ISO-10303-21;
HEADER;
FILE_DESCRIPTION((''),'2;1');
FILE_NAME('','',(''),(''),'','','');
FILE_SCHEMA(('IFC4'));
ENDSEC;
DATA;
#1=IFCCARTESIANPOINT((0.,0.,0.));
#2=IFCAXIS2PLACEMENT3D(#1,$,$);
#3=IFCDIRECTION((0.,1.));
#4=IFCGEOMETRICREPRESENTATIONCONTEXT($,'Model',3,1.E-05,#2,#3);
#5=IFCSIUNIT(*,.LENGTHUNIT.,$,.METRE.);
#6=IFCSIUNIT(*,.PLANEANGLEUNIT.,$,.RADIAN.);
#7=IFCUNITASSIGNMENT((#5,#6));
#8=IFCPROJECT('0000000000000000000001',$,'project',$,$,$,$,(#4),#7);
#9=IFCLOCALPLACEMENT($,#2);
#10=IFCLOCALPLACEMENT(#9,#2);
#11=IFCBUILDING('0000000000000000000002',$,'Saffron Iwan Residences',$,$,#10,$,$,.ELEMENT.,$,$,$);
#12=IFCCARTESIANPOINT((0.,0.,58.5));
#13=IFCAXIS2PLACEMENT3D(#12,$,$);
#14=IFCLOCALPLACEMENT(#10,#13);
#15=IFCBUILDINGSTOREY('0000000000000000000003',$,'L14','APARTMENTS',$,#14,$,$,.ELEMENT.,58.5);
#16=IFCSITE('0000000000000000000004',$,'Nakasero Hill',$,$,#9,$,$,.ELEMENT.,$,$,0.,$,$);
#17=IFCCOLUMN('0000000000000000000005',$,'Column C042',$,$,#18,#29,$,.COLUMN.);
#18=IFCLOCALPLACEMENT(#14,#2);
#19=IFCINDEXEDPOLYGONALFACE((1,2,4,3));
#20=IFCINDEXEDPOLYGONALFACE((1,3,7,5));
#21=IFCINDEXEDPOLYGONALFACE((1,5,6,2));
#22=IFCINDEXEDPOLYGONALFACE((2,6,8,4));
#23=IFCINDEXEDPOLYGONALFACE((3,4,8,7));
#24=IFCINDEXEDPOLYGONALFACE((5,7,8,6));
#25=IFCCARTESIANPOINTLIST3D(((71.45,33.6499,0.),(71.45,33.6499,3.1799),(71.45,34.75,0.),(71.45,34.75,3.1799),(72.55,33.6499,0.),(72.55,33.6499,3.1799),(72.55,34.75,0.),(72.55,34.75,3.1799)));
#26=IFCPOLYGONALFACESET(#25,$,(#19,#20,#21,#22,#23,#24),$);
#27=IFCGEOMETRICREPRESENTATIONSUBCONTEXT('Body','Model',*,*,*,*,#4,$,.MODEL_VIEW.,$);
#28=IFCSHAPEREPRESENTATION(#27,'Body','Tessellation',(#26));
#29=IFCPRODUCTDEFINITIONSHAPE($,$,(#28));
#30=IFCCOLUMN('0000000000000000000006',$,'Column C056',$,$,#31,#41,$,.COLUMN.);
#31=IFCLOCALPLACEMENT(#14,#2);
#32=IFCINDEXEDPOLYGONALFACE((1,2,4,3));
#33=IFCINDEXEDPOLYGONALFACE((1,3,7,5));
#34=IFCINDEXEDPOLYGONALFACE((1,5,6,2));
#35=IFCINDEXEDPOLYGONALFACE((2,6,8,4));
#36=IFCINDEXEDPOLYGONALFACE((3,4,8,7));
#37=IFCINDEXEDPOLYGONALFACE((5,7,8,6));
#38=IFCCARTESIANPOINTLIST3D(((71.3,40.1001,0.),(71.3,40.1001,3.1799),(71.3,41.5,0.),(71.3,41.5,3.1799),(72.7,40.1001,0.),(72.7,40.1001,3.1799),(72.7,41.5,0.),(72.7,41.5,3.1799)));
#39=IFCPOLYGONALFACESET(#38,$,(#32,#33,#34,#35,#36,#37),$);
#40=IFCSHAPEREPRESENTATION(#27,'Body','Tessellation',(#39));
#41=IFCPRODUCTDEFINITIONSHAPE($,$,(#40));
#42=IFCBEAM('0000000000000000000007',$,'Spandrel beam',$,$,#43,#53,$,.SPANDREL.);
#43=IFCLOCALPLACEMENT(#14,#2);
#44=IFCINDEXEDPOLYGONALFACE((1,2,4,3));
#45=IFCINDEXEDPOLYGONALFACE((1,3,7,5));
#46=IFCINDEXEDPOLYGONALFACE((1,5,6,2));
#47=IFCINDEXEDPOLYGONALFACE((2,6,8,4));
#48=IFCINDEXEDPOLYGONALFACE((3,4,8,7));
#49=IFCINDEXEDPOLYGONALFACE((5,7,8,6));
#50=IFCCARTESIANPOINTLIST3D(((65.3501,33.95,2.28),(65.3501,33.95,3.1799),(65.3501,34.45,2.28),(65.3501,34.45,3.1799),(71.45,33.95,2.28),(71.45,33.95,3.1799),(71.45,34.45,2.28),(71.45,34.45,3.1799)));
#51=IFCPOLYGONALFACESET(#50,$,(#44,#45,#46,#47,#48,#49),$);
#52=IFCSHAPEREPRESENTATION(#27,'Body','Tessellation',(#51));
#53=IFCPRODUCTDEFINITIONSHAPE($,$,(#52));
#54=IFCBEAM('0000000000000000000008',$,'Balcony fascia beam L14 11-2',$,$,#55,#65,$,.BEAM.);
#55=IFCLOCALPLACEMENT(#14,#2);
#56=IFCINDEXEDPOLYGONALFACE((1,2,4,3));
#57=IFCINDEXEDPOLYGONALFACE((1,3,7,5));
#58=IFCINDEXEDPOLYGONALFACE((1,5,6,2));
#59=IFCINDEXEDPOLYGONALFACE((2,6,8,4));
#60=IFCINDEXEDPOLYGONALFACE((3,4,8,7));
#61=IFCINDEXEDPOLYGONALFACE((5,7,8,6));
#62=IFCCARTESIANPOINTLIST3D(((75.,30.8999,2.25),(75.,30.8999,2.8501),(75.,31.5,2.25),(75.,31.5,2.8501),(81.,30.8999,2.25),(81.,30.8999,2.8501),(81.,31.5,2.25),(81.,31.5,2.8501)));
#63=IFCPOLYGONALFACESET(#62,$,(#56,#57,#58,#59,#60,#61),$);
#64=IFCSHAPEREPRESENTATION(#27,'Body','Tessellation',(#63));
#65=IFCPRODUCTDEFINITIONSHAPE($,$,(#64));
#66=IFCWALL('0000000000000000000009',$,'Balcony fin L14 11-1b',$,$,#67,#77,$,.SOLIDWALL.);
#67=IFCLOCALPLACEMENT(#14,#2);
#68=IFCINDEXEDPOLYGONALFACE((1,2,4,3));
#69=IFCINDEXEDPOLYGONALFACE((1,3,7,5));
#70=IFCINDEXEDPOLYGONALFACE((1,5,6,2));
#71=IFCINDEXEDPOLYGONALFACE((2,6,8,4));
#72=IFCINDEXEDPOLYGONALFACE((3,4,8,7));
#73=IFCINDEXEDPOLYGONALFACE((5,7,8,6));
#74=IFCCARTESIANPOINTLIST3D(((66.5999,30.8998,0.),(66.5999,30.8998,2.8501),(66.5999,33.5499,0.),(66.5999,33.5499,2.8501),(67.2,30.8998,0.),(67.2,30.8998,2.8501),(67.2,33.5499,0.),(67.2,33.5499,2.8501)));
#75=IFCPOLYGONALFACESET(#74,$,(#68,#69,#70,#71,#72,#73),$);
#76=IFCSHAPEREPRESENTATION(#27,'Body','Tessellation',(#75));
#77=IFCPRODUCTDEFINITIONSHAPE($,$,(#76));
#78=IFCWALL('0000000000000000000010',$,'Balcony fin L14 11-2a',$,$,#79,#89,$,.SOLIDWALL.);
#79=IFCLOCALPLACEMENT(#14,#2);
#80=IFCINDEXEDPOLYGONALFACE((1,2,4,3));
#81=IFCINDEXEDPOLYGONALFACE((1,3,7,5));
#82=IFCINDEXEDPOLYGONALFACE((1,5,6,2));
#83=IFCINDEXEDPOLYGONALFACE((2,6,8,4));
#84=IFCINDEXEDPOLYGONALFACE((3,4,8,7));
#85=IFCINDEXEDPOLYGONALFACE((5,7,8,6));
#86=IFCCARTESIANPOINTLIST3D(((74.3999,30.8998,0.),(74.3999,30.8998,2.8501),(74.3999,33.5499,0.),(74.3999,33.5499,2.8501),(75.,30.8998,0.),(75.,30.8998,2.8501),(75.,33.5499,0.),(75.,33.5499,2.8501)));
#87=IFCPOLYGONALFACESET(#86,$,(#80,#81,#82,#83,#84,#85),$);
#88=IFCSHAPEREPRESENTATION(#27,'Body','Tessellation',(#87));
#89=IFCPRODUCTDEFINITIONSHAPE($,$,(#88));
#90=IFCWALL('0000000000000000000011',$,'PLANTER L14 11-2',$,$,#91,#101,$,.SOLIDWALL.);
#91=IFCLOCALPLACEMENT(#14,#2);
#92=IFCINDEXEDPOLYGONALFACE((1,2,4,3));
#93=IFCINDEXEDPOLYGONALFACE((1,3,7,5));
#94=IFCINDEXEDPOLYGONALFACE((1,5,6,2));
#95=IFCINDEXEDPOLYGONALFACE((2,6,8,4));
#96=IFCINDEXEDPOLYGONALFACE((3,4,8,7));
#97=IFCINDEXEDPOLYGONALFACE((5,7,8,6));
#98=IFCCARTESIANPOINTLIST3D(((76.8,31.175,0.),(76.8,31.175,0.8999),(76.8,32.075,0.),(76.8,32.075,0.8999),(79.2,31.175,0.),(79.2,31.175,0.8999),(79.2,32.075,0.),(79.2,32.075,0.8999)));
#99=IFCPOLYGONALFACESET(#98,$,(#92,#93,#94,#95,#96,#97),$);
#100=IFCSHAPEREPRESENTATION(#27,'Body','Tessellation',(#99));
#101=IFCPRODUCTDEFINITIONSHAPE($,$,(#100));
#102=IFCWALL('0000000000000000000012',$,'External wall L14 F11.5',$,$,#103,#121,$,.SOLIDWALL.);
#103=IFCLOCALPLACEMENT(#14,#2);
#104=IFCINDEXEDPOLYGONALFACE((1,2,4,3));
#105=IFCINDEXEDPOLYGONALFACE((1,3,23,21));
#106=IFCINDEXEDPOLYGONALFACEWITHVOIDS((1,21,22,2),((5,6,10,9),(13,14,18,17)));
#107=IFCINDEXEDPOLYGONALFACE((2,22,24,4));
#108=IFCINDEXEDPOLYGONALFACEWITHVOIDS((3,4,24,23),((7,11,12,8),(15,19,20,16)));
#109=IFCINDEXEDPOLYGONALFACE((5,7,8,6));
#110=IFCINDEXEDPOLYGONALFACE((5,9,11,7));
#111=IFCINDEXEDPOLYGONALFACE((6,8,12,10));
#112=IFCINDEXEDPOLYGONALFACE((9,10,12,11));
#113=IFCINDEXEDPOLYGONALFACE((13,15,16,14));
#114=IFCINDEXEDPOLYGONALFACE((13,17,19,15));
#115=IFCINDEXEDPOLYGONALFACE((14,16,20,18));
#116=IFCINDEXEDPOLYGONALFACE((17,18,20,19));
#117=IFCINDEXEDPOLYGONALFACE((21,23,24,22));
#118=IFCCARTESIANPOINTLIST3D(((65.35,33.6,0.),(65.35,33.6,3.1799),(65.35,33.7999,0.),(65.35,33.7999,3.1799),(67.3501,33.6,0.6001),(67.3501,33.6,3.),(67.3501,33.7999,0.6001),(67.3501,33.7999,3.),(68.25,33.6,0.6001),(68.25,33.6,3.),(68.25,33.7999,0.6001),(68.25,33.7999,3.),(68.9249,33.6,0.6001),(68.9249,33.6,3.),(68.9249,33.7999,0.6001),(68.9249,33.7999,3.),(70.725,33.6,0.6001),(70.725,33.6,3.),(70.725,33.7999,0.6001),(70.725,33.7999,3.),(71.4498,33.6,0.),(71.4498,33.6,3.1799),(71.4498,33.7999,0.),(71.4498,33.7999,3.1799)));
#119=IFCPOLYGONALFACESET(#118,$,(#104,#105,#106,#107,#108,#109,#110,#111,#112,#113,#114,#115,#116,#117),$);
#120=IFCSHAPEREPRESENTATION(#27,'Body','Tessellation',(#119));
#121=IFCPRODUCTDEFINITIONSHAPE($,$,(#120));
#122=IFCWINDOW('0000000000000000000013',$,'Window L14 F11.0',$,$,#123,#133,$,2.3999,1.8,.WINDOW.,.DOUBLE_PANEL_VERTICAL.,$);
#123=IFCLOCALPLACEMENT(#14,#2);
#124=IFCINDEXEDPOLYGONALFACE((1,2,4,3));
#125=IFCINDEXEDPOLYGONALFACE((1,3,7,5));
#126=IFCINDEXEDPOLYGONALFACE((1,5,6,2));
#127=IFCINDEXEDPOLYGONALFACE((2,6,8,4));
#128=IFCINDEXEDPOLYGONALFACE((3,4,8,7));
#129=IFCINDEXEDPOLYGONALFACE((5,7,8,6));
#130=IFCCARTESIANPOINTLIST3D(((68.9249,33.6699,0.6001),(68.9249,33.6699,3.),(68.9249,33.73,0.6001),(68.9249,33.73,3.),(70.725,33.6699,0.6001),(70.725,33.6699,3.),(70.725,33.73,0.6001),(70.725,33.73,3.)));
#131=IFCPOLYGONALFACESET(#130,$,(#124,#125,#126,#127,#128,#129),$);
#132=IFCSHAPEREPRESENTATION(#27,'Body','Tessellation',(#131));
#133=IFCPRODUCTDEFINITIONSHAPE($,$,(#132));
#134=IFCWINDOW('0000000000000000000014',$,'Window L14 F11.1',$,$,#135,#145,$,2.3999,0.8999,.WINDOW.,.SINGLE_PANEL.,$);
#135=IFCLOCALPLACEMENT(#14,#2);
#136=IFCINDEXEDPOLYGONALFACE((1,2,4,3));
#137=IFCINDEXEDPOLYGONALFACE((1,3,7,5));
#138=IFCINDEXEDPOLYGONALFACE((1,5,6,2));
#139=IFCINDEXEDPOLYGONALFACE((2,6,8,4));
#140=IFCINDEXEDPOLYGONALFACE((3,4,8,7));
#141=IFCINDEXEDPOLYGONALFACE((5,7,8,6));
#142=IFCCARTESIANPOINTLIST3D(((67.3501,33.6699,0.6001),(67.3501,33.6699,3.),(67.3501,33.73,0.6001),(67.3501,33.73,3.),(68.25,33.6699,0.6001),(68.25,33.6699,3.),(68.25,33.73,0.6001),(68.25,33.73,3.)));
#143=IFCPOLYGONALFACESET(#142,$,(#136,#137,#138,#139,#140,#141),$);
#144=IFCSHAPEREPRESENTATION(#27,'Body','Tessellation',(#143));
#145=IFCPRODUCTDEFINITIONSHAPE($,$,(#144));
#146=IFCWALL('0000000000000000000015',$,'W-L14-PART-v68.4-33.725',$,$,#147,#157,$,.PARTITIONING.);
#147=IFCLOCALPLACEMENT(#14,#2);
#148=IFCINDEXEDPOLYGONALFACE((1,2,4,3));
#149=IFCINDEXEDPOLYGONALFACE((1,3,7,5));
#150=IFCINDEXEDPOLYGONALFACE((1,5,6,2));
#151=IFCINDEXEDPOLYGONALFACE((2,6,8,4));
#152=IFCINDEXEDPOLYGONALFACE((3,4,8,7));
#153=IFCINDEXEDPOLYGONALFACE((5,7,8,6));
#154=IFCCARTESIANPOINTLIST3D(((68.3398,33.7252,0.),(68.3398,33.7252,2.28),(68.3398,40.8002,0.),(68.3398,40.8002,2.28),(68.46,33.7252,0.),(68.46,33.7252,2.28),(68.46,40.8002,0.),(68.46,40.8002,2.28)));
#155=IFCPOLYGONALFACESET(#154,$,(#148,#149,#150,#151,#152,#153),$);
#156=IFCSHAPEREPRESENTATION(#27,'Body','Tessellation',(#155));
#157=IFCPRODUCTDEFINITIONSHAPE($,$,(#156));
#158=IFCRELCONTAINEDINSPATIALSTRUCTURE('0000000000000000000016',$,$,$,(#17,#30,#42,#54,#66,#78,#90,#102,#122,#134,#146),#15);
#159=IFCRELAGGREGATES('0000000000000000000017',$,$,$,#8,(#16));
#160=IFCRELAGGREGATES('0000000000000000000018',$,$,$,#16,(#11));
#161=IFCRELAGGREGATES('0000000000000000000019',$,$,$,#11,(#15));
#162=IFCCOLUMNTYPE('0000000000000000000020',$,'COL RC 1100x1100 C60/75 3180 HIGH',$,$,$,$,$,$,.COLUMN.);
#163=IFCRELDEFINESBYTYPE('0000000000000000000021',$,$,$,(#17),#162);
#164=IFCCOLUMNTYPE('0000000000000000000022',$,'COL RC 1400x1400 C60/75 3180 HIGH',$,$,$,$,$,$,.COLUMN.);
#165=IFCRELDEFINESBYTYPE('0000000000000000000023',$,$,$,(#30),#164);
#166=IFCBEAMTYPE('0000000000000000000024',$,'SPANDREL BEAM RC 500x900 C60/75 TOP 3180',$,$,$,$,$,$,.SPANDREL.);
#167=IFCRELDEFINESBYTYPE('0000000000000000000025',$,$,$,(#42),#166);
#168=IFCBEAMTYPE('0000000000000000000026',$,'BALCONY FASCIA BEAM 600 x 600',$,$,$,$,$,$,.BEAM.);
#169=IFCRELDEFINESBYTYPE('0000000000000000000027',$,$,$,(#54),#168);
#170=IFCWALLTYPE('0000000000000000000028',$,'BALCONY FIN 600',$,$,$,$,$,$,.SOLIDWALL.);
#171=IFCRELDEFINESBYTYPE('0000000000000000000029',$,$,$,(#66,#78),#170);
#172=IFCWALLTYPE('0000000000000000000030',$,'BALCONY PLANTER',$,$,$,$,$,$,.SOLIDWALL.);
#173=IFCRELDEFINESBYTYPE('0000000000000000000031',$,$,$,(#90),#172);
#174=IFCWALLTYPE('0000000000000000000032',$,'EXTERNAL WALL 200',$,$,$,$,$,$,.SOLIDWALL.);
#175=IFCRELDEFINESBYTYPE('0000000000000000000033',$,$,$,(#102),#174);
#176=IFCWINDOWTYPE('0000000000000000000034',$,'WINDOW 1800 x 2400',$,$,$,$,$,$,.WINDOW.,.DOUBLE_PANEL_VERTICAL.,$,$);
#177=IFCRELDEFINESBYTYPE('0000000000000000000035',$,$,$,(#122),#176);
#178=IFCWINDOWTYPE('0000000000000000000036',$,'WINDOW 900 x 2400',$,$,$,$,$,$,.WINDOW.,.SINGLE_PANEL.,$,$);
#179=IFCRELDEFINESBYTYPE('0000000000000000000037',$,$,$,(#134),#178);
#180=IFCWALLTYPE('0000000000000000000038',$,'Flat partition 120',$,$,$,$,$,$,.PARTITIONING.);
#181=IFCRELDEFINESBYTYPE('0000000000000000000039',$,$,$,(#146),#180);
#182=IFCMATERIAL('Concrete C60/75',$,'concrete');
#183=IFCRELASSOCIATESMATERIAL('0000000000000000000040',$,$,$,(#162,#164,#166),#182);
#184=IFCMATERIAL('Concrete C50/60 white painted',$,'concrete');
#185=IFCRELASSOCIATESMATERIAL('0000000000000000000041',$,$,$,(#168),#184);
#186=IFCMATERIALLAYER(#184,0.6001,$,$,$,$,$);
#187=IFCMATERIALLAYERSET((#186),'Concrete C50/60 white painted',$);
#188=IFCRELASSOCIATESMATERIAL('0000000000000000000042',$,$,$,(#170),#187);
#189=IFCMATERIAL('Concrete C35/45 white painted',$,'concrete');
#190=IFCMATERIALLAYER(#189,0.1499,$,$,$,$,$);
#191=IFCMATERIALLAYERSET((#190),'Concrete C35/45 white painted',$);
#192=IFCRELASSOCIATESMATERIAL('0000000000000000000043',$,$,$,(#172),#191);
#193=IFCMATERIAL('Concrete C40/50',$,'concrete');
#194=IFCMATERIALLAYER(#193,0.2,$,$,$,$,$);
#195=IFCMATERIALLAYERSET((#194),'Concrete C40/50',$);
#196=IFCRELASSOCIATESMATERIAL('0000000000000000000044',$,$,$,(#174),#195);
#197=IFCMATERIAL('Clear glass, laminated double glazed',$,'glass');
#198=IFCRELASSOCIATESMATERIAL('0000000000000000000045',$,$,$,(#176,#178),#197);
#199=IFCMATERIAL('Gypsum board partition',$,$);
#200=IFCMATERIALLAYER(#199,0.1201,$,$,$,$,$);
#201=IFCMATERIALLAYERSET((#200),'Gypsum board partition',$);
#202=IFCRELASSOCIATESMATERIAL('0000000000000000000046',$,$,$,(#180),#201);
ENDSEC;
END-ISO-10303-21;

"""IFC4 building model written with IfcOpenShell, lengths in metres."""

from ifc_helpers import new_model, si_unit, direction, frame, frame_2d, origin, origin_2d, place, context, subcontext, project, spatial, rectangle, extrude, source, transform, mapped, material, layer, layer_set, material_profile, profile_set, type_object, element, fill, save


model = new_model("IFC4")

# Units and contexts
model_context = context("Model", 3, precision=1e-05, world=origin(), true_north=direction((0.0, 1.0)))
body_context = subcontext(model_context, "Body", "Model", "MODEL_VIEW")
ifc_project = project(units=[si_unit("LENGTHUNIT", "METRE"), si_unit("PLANEANGLEUNIT", "RADIAN")], contexts=[model_context])

# Site, building, storey
site_placement = place(None, origin())
site = spatial("IfcSite", under=ifc_project, at=site_placement, Name="Nakasero Hill", CompositionType="ELEMENT", RefElevation=0.0)
building_placement = place(site_placement, origin())
building = spatial("IfcBuilding", under=site, at=building_placement, Name="Saffron Iwan Residences", CompositionType="ELEMENT")
storey_placement = place(building_placement, frame((0.0, 0.0, 58.5)))
storey = spatial("IfcBuildingStorey", under=building, at=storey_placement, Name="L14", Description="APARTMENTS", CompositionType="ELEMENT", Elevation=58.5)

# Columns
ifc_material_1 = material(Name="Concrete C60/75", Category="concrete")
ifc_material_profile_1 = material_profile(ifc_material_1, rectangle(XDim=1.1001, YDim=1.1001, at=origin_2d()), Name="RC 1100x1100")
ifc_profile_set_1 = profile_set([ifc_material_profile_1], Name="Concrete C60/75")
column_type_1 = type_object("IfcColumnType", Name="COL RC 1100x1100 C60/75 3180 HIGH", PredefinedType="COLUMN", material=ifc_profile_set_1)
shared_shape_1 = source(origin(), body_context, "Body", "SweptSolid", [
    extrude(rectangle(XDim=1.1001, YDim=1.1001, at=origin_2d()), origin(), (0.0, 0.0, 1.0), 3.1799),
])
column_1_placement = place(storey_placement, frame((72.0, 34.2, 0.0), z_axis=(0.0, 0.0, 1.0), x_axis=(1.0, 0.0, 0.0)))
element("IfcColumn", 1, at=column_1_placement, inside=storey, type_object=column_type_1, Name="Column C042", PredefinedType="COLUMN", context=body_context, shape_type="MappedRepresentation", body=[
    mapped(shared_shape_1, transform((0.0, 0.0, 0.0))),
])
ifc_material_profile_2 = material_profile(ifc_material_1, rectangle(XDim=1.3999, YDim=1.3999, at=origin_2d()), Name="RC 1400x1400")
ifc_profile_set_2 = profile_set([ifc_material_profile_2], Name="Concrete C60/75")
column_type_2 = type_object("IfcColumnType", Name="COL RC 1400x1400 C60/75 3180 HIGH", PredefinedType="COLUMN", material=ifc_profile_set_2)
shared_shape_2 = source(origin(), body_context, "Body", "SweptSolid", [
    extrude(rectangle(XDim=1.3999, YDim=1.3999, at=origin_2d()), origin(), (0.0, 0.0, 1.0), 3.1799),
])
column_2_placement = place(storey_placement, frame((72.0, 40.8, 0.0), z_axis=(0.0, 0.0, 1.0), x_axis=(1.0, 0.0, 0.0)))
element("IfcColumn", 2, at=column_2_placement, inside=storey, type_object=column_type_2, Name="Column C056", PredefinedType="COLUMN", context=body_context, shape_type="MappedRepresentation", body=[
    mapped(shared_shape_2, transform((0.0, 0.0, 0.0))),
])

# Beams
ifc_material_profile_3 = material_profile(ifc_material_1, rectangle(XDim=0.5, YDim=0.8999, at=origin_2d()), Name="RC 500x900")
ifc_profile_set_3 = profile_set([ifc_material_profile_3], Name="Concrete C60/75")
beam_type_1 = type_object("IfcBeamType", Name="SPANDREL BEAM RC 500x900 C60/75 TOP 3180", PredefinedType="SPANDREL", material=ifc_profile_set_3)
shared_shape_3 = source(origin(), body_context, "Body", "SweptSolid", [
    extrude(rectangle(XDim=0.5, YDim=0.8999, at=origin_2d()), origin(), (0.0, 0.0, 1.0), 6.0999),
])
beam_1_placement = place(storey_placement, frame((71.45, 34.2, 2.73), z_axis=(-1.0, 0.0, 0.0), x_axis=(0.0, -1.0, 0.0)))
element("IfcBeam", 3, at=beam_1_placement, inside=storey, type_object=beam_type_1, Name="Spandrel beam", PredefinedType="SPANDREL", context=body_context, shape_type="MappedRepresentation", body=[
    mapped(shared_shape_3, transform((0.0, 0.0, 0.0))),
])
ifc_material_2 = material(Name="Concrete C50/60 white painted", Category="concrete")
ifc_material_profile_4 = material_profile(ifc_material_2, rectangle(XDim=0.6001, YDim=0.6001, at=origin_2d()), Name="BALCONY FASCIA BEAM 600 x 600")
ifc_profile_set_4 = profile_set([ifc_material_profile_4], Name="Concrete C50/60 white painted")
beam_type_2 = type_object("IfcBeamType", Name="BALCONY FASCIA BEAM 600 x 600", PredefinedType="BEAM", material=ifc_profile_set_4)
shared_shape_4 = source(origin(), body_context, "Body", "SweptSolid", [
    extrude(rectangle(XDim=0.6001, YDim=0.6001, at=origin_2d()), origin(), (0.0, 0.0, 1.0), 6.0),
])
beam_2_placement = place(storey_placement, frame((75.0, 31.2, 2.55), z_axis=(1.0, 0.0, 0.0), x_axis=(0.0, 1.0, 0.0)))
element("IfcBeam", 4, at=beam_2_placement, inside=storey, type_object=beam_type_2, Name="Balcony fascia beam L14 11-2", PredefinedType="BEAM", context=body_context, shape_type="MappedRepresentation", body=[
    mapped(shared_shape_4, transform((0.0, 0.0, 0.0))),
])

# Walls
ifc_layer_1 = layer(ifc_material_2, 0.6001)
ifc_layer_set_1 = layer_set([ifc_layer_1], Name="Concrete C50/60 white painted")
wall_type_1 = type_object("IfcWallType", Name="BALCONY FIN 600", PredefinedType="SOLIDWALL", material=ifc_layer_set_1)
for number, where, z_axis, x_axis, name in (
    (5, (66.8999, 33.55, 0.0), (0.0, 0.0, 1.0), (0.0, -1.0, 0.0), "Balcony fin L14 11-1b"),
    (6, (74.7, 33.55, 0.0), (0.0, 0.0, 1.0), (0.0, -1.0, 0.0), "Balcony fin L14 11-2a"),
):
    element("IfcWall", number, at=place(storey_placement, frame(where, z_axis=z_axis, x_axis=x_axis)), inside=storey, type_object=wall_type_1, Name=name, PredefinedType="SOLIDWALL", context=body_context, shape_type="SweptSolid", body=[
        extrude(rectangle(XDim=2.6501, YDim=0.6001, at=frame_2d((1.3252, 0.0))), origin(), (0.0, 0.0, 1.0), 2.8501),
    ])
ifc_material_3 = material(Name="Concrete C35/45 white painted", Category="concrete")
ifc_layer_2 = layer(ifc_material_3, 0.1499)
ifc_layer_set_2 = layer_set([ifc_layer_2], Name="Concrete C35/45 white painted")
wall_type_2 = type_object("IfcWallType", Name="BALCONY PLANTER", PredefinedType="SOLIDWALL", material=ifc_layer_set_2)
wall_1_placement = place(storey_placement, frame((76.8, 31.625, 0.0), z_axis=(0.0, 0.0, 1.0), x_axis=(1.0, 0.0, 0.0)))
element("IfcWall", 7, at=wall_1_placement, inside=storey, type_object=wall_type_2, Name="PLANTER L14 11-2", PredefinedType="SOLIDWALL", context=body_context, shape_type="SweptSolid", body=[
    extrude(rectangle(XDim=2.3999, YDim=0.8999, at=frame_2d((1.2, 0.0))), origin(), (0.0, 0.0, 1.0), 0.8999),
])

# Wall, openings, windows
ifc_material_4 = material(Name="Concrete C40/50", Category="concrete")
ifc_layer_3 = layer(ifc_material_4, 0.2)
ifc_layer_set_3 = layer_set([ifc_layer_3], Name="Concrete C40/50")
wall_type_3 = type_object("IfcWallType", Name="EXTERNAL WALL 200", PredefinedType="SOLIDWALL", material=ifc_layer_set_3)
wall_2_placement = place(storey_placement, frame((65.3501, 33.7, 0.0), z_axis=(0.0, 0.0, 1.0), x_axis=(1.0, 0.0, 0.0)))
wall_2 = element("IfcWall", 8, at=wall_2_placement, inside=storey, type_object=wall_type_3, Name="External wall L14 F11.5", PredefinedType="SOLIDWALL", context=body_context, shape_type="SweptSolid", body=[
    extrude(rectangle(XDim=6.0999, YDim=0.2, at=frame_2d((3.0498, 0.0))), origin(), (0.0, 0.0, 1.0), 3.1799),
])
opening_1_placement = place(wall_2_placement, frame((3.575, 0.0, 0.6001)))
opening_1 = element("IfcOpeningElement", 9, at=opening_1_placement, cuts=wall_2, PredefinedType="OPENING", context=body_context, shape_type="SweptSolid", body=[
    extrude(rectangle(XDim=1.8, YDim=2.3999, at=frame_2d((0.8999, 1.2))), frame((0.0, 0.1099, 0.0), z_axis=(0.0, -1.0, 0.0), x_axis=(1.0, 0.0, 0.0)), (0.0, 0.0, 1.0), 0.22),
])
opening_2_placement = place(wall_2_placement, frame((2.0, 0.0, 0.6001)))
opening_2 = element("IfcOpeningElement", 10, at=opening_2_placement, cuts=wall_2, PredefinedType="OPENING", context=body_context, shape_type="SweptSolid", body=[
    extrude(rectangle(XDim=0.8999, YDim=2.3999, at=frame_2d((0.45, 1.2))), frame((0.0, 0.1099, 0.0), z_axis=(0.0, -1.0, 0.0), x_axis=(1.0, 0.0, 0.0)), (0.0, 0.0, 1.0), 0.22),
])
ifc_material_5 = material(Name="Clear glass, laminated double glazed", Category="glass")
window_type_1 = type_object("IfcWindowType", Name="WINDOW 1800 x 2400", PartitioningType="DOUBLE_PANEL_VERTICAL", PredefinedType="WINDOW", material=ifc_material_5)
window_1_placement = place(opening_1_placement, origin())
window_1 = element("IfcWindow", 11, at=window_1_placement, inside=storey, type_object=window_type_1, Name="Window L14 F11.0", OverallHeight=2.3999, OverallWidth=1.8, PartitioningType="DOUBLE_PANEL_VERTICAL", PredefinedType="WINDOW", context=body_context, shape_type="SweptSolid", body=[
    extrude(rectangle(XDim=1.8, YDim=2.3999, at=frame_2d((0.8999, 1.2))), frame((0.0, 0.03, 0.0), z_axis=(0.0, -1.0, 0.0), x_axis=(1.0, 0.0, 0.0)), (0.0, 0.0, 1.0), 0.0601),
])
fill(opening_1, window_1)
window_type_2 = type_object("IfcWindowType", Name="WINDOW 900 x 2400", PartitioningType="SINGLE_PANEL", PredefinedType="WINDOW", material=ifc_material_5)
window_2_placement = place(opening_2_placement, origin())
window_2 = element("IfcWindow", 12, at=window_2_placement, inside=storey, type_object=window_type_2, Name="Window L14 F11.1", OverallHeight=2.3999, OverallWidth=0.8999, PartitioningType="SINGLE_PANEL", PredefinedType="WINDOW", context=body_context, shape_type="SweptSolid", body=[
    extrude(rectangle(XDim=0.8999, YDim=2.3999, at=frame_2d((0.45, 1.2))), frame((0.0, 0.03, 0.0), z_axis=(0.0, -1.0, 0.0), x_axis=(1.0, 0.0, 0.0)), (0.0, 0.0, 1.0), 0.0601),
])
fill(opening_2, window_2)

# Wall
ifc_material_6 = material(Name="Gypsum board partition")
ifc_layer_4 = layer(ifc_material_6, 0.1201)
ifc_layer_set_4 = layer_set([ifc_layer_4], Name="Gypsum board partition")
wall_type_4 = type_object("IfcWallType", Name="Flat partition 120", PredefinedType="PARTITIONING", material=ifc_layer_set_4)
wall_3_placement = place(storey_placement, frame((68.3999, 33.7251, 0.0), z_axis=(0.0, 0.0, 1.0), x_axis=(0.0, 1.0, 0.0)))
element("IfcWall", 13, at=wall_3_placement, inside=storey, type_object=wall_type_4, Name="W-L14-PART-v68.4-33.725", PredefinedType="PARTITIONING", context=body_context, shape_type="SweptSolid", body=[
    extrude(rectangle(XDim=7.075, YDim=0.1201, at=frame_2d((3.5376, 0.0))), origin(), (0.0, 0.0, 1.0), 2.28),
])

save(model, "model.ifc")
